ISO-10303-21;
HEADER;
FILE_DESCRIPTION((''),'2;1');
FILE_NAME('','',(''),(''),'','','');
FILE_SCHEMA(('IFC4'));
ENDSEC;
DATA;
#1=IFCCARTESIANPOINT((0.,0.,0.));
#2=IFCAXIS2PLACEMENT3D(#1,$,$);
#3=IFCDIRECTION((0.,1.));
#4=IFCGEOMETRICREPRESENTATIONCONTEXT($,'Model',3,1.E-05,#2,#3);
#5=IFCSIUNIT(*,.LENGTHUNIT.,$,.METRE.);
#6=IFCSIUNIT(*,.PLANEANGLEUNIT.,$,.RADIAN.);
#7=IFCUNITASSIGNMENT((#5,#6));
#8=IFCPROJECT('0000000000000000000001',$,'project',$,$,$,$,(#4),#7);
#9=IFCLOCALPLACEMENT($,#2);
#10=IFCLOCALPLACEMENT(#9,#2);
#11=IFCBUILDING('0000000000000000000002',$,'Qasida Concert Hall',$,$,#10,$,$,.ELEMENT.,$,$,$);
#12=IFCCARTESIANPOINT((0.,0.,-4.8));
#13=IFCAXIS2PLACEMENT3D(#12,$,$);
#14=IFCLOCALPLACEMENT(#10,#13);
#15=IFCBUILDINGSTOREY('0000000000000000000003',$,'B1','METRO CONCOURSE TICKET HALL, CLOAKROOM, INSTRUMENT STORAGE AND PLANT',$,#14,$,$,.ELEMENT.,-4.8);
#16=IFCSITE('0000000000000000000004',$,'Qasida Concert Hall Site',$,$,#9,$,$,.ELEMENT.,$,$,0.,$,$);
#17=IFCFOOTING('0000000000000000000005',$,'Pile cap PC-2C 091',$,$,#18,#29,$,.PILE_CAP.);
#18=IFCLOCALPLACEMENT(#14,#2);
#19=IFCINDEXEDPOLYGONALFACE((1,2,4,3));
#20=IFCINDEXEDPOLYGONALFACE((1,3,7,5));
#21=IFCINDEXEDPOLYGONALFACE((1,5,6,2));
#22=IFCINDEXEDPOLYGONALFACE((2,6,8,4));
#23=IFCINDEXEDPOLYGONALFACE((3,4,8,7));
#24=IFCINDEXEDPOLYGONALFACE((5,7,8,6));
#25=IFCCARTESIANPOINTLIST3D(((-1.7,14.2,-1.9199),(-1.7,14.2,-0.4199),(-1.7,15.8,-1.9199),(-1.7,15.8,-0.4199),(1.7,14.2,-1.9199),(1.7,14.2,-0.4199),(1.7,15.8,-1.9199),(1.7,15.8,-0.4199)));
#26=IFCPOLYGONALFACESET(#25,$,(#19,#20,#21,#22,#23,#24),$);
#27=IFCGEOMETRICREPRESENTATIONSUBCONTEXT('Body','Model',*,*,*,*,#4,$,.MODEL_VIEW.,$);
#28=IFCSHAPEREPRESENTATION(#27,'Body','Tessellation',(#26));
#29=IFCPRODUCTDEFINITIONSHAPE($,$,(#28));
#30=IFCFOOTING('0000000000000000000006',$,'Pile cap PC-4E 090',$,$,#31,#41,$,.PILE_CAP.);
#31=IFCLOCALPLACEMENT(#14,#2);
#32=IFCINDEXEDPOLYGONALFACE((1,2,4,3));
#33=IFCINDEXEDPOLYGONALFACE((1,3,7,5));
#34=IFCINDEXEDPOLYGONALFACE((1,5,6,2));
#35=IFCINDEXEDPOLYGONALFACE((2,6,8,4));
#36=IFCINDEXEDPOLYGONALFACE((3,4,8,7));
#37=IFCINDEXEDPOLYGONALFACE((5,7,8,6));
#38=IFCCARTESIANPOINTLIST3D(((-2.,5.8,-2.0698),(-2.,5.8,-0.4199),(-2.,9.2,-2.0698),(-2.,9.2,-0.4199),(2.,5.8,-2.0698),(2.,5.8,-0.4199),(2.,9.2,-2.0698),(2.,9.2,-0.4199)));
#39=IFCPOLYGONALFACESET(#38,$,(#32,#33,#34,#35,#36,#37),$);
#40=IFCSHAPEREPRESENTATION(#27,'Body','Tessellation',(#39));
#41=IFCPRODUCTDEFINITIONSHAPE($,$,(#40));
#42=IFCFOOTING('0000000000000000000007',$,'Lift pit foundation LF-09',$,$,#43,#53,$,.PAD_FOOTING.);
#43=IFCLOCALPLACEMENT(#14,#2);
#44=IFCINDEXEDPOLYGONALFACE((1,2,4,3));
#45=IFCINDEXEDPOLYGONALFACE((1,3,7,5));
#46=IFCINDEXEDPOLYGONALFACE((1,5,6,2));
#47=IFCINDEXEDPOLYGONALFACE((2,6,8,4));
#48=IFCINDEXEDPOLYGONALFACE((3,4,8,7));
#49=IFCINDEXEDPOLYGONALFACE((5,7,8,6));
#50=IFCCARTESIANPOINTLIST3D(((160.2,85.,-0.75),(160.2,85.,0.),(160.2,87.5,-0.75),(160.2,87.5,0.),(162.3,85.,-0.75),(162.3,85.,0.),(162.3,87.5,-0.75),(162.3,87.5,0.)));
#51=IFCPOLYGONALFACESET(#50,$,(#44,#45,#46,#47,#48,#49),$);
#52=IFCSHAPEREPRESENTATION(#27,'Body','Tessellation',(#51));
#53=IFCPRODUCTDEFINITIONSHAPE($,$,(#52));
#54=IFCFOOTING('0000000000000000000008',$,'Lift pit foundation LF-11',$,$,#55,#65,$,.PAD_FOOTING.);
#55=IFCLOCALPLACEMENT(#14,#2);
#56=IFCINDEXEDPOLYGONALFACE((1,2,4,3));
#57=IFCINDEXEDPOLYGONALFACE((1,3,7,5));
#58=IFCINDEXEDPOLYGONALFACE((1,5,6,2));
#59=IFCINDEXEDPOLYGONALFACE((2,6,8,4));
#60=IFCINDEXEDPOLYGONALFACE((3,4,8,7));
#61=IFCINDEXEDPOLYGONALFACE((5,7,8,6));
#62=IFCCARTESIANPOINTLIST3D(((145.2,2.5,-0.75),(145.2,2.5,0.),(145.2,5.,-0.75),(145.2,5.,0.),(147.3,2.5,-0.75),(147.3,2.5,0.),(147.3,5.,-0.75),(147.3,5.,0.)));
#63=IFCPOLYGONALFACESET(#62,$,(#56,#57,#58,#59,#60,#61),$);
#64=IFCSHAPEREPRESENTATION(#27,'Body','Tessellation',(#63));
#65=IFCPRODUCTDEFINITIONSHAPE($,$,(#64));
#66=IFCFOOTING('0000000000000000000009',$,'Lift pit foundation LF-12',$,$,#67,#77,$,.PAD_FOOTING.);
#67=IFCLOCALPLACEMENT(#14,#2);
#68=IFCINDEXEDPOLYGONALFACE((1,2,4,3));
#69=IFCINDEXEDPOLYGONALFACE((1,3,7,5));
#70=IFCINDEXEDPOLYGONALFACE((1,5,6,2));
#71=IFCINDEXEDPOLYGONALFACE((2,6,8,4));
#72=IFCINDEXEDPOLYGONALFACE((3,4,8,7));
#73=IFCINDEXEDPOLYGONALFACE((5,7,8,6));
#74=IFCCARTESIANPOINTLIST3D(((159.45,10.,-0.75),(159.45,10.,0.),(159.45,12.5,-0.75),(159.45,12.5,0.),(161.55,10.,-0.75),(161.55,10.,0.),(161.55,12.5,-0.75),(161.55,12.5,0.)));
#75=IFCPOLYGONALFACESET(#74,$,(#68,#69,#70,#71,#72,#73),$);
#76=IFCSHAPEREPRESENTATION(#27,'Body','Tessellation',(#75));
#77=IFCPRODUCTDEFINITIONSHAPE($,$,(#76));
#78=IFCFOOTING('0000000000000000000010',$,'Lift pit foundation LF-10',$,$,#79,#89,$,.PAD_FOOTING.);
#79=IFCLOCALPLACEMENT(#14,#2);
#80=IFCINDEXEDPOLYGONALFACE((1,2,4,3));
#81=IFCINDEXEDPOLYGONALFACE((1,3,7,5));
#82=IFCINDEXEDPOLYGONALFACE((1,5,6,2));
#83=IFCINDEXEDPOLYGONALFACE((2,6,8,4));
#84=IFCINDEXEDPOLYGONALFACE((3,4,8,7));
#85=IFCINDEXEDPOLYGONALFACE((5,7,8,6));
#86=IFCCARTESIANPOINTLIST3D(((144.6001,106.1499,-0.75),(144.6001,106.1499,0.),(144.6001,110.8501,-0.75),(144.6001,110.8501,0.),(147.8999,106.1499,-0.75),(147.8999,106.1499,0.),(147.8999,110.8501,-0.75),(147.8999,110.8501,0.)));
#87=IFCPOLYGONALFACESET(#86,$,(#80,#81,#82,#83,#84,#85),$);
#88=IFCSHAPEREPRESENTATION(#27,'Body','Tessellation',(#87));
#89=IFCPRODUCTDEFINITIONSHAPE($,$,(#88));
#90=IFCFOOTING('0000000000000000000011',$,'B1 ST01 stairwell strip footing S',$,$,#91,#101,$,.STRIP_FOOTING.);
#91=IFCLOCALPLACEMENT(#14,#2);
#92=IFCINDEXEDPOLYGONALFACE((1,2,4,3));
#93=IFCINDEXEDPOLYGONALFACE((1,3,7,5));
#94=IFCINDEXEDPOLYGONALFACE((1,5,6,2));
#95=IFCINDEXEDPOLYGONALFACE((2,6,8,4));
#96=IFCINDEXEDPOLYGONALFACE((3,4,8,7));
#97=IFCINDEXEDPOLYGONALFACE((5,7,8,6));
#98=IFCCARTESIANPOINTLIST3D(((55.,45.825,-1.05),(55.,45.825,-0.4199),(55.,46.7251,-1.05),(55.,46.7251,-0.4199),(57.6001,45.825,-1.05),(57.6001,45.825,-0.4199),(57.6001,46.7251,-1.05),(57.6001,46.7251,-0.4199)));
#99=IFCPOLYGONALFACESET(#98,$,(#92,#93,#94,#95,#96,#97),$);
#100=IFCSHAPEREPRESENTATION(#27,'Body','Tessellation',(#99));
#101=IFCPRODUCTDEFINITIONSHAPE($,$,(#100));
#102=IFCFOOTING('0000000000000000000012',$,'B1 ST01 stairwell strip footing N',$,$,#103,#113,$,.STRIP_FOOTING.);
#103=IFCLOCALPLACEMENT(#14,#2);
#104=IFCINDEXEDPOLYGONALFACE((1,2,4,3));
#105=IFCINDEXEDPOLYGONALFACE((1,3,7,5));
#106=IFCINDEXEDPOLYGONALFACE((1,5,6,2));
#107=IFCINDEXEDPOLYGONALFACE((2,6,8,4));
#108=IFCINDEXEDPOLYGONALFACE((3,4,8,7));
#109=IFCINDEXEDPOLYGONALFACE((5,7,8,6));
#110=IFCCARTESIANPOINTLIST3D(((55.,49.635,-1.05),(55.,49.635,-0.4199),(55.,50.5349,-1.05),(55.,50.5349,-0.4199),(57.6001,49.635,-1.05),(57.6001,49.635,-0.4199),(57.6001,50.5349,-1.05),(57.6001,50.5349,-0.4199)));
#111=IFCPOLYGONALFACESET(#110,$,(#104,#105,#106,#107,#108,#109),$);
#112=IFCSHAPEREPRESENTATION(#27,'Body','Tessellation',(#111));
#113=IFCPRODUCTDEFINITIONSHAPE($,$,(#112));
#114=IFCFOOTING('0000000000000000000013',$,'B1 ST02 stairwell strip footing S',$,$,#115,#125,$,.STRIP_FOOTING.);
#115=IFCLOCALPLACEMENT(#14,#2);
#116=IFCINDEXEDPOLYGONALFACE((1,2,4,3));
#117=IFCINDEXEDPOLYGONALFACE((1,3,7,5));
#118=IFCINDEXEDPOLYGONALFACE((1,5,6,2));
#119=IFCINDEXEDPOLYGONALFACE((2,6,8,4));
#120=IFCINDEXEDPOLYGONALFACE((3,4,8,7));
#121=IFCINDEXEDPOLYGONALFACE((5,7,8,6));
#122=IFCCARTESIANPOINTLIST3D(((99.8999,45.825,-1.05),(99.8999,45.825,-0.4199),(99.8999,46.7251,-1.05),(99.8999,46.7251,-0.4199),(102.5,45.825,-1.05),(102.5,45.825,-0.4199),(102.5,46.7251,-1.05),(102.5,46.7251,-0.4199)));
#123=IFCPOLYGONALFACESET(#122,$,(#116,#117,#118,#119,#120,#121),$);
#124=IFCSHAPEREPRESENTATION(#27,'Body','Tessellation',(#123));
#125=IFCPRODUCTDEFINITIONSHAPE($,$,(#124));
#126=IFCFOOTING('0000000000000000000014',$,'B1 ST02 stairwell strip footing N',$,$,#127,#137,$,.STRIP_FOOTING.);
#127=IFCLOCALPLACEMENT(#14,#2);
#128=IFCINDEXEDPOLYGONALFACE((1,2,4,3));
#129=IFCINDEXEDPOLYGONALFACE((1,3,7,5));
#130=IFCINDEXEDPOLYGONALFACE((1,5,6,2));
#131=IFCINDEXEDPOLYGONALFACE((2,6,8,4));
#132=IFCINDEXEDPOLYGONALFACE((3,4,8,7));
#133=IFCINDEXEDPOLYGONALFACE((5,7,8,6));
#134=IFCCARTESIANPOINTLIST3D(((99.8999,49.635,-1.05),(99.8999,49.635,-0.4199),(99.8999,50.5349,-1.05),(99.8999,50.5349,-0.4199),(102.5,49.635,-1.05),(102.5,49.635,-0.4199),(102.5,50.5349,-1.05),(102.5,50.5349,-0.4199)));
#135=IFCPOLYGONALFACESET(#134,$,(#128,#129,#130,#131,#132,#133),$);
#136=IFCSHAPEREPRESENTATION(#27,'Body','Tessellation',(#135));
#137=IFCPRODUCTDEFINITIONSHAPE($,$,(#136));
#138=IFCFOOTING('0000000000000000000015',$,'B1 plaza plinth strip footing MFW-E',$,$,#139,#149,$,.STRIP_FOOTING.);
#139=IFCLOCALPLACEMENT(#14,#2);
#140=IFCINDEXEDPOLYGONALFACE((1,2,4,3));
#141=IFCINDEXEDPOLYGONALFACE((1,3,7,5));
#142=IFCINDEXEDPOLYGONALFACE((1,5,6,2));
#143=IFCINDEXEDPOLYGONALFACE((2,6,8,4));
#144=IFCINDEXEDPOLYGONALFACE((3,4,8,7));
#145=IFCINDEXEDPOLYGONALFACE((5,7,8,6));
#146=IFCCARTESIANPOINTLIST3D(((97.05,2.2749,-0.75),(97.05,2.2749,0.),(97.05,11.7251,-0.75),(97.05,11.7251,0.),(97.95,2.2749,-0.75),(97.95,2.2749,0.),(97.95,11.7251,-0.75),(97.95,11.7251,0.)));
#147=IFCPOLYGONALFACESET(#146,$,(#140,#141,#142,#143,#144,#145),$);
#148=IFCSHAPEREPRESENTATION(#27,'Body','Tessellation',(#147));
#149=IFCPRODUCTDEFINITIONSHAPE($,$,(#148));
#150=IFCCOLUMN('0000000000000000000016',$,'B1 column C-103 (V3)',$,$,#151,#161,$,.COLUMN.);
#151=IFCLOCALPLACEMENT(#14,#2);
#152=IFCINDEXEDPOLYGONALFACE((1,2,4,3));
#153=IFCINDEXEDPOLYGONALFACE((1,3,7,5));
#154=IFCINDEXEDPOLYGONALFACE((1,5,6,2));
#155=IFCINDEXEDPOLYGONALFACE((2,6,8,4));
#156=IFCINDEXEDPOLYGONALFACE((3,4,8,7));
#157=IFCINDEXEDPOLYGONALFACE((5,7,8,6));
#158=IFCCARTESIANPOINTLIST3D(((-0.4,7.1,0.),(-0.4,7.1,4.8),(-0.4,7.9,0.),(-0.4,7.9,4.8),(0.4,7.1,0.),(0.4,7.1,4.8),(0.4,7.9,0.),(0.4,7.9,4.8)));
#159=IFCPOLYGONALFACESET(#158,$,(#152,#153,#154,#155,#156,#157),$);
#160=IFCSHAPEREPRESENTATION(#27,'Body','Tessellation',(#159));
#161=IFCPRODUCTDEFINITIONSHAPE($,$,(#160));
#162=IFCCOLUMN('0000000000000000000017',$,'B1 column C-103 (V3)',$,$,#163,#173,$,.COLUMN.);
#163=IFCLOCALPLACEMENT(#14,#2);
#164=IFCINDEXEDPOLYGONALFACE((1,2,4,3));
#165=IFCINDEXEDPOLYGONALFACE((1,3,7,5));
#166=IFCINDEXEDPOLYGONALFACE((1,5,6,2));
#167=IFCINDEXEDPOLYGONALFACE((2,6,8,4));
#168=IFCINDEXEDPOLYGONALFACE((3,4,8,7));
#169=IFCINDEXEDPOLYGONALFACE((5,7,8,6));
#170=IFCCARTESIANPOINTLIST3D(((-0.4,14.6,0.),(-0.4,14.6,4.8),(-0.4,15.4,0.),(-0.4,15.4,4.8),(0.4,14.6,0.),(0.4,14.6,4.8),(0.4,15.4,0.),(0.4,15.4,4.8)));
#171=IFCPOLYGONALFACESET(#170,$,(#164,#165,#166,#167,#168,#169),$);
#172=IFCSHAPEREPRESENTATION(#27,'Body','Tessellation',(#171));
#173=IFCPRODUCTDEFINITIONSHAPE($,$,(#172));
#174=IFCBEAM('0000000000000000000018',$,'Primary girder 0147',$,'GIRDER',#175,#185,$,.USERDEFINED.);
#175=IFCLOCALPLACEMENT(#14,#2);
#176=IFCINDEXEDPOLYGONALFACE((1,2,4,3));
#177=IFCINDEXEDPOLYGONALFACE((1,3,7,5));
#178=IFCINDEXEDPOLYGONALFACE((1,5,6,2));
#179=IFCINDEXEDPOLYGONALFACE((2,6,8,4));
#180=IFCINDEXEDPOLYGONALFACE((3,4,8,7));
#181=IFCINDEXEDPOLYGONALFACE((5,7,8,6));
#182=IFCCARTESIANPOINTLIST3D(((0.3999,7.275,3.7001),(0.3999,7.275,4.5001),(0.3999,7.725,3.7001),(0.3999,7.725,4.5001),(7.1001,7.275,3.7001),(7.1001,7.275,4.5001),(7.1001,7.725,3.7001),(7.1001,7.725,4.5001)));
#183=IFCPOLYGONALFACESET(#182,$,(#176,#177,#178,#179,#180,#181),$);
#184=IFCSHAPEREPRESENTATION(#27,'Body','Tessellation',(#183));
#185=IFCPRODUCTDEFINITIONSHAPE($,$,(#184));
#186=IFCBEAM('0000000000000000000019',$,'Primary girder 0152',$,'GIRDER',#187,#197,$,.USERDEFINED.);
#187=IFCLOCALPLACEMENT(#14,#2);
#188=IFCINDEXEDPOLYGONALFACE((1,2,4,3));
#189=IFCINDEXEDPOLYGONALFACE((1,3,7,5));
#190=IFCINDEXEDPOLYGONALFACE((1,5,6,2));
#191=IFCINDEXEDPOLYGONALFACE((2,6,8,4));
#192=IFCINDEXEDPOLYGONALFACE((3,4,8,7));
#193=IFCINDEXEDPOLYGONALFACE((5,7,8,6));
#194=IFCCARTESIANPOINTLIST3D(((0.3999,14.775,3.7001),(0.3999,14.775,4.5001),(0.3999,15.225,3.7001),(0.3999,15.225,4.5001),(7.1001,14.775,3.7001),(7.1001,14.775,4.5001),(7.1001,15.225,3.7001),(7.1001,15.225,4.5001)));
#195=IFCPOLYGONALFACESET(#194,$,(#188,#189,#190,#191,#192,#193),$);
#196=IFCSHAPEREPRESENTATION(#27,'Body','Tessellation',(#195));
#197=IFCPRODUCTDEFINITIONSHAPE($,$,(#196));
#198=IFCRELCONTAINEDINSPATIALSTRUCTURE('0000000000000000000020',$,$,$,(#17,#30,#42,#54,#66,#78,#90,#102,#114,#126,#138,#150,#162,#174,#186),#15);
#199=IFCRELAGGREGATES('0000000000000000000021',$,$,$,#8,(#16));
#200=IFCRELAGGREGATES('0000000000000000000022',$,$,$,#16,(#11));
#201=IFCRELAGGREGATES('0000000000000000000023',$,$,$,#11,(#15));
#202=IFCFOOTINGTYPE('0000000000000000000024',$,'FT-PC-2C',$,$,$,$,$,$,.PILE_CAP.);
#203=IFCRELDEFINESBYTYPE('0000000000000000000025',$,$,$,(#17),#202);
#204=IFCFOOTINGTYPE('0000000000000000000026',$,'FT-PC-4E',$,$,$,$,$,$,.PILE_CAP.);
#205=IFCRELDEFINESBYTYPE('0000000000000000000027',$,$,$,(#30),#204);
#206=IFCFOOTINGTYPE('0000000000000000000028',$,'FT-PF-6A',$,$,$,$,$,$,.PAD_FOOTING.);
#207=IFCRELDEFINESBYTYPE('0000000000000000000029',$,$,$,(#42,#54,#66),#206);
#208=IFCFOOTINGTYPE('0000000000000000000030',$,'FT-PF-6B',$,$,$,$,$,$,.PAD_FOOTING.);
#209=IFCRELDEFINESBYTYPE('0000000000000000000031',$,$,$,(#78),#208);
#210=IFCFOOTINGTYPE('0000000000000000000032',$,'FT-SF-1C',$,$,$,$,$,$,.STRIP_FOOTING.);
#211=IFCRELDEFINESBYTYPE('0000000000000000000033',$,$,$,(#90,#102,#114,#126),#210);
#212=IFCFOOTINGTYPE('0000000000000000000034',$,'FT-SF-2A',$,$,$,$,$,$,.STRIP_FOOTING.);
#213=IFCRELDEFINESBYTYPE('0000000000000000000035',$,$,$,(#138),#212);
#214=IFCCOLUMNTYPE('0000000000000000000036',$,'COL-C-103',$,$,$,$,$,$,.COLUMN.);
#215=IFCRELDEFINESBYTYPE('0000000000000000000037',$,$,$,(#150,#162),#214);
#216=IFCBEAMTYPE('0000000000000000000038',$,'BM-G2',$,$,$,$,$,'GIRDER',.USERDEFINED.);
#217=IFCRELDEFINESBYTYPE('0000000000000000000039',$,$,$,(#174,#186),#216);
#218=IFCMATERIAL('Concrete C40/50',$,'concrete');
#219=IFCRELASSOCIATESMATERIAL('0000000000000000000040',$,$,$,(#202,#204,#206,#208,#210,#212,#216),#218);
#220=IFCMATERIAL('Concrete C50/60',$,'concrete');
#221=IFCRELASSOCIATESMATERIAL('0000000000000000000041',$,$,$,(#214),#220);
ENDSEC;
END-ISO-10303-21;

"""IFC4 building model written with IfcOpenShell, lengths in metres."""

from ifc_helpers import new_model, si_unit, direction, frame, origin, origin_2d, place, context, subcontext, project, spatial, polyline, rectangle, outline, extrude, material, material_profile, profile_set, type_object, element, save


model = new_model("IFC4")

# Units and contexts
model_context = context("Model", 3, precision=1e-05, world=origin(), true_north=direction((0.0, 1.0)))
body_context = subcontext(model_context, "Body", "Model", "MODEL_VIEW")
ifc_project = project(units=[si_unit("LENGTHUNIT", "METRE"), si_unit("PLANEANGLEUNIT", "RADIAN")], contexts=[model_context])

# Site, building, storey
site_placement = place(None, origin())
site = spatial("IfcSite", under=ifc_project, at=site_placement, Name="Qasida Concert Hall Site", CompositionType="ELEMENT", RefElevation=0.0)
building_placement = place(site_placement, origin())
building = spatial("IfcBuilding", under=site, at=building_placement, Name="Qasida Concert Hall", CompositionType="ELEMENT")
storey_placement = place(building_placement, frame((0.0, 0.0, -4.8)))
storey = spatial("IfcBuildingStorey", under=building, at=storey_placement, Name="B1", Description="METRO CONCOURSE TICKET HALL, CLOAKROOM, INSTRUMENT STORAGE AND PLANT", CompositionType="ELEMENT", Elevation=-4.8)

# Footings
ifc_material_1 = material(Name="Concrete C40/50", Category="concrete")
footing_type_1 = type_object("IfcFootingType", Name="FT-PC-2C", PredefinedType="PILE_CAP", material=ifc_material_1)
footing_1_placement = place(storey_placement, frame((0.0, 15.0, -1.9199), z_axis=(0.0, 0.0, 1.0), x_axis=(1.0, 0.0, 0.0)))
element("IfcFooting", 1, at=footing_1_placement, inside=storey, type_object=footing_type_1, Name="Pile cap PC-2C 091", PredefinedType="PILE_CAP", context=body_context, shape_type="SweptSolid", body=[
    extrude(rectangle(XDim=3.3999, YDim=1.6001, at=origin_2d()), origin(), (0.0, 0.0, 1.0), 1.5),
])
footing_type_2 = type_object("IfcFootingType", Name="FT-PC-4E", PredefinedType="PILE_CAP", material=ifc_material_1)
footing_2_placement = place(storey_placement, frame((0.0, 7.5, -2.0698), z_axis=(0.0, 0.0, 1.0), x_axis=(1.0, 0.0, 0.0)))
element("IfcFooting", 2, at=footing_2_placement, inside=storey, type_object=footing_type_2, Name="Pile cap PC-4E 090", PredefinedType="PILE_CAP", context=body_context, shape_type="SweptSolid", body=[
    extrude(rectangle(XDim=4.0, YDim=3.3999, at=origin_2d()), origin(), (0.0, 0.0, 1.0), 1.6499),
])
footing_type_3 = type_object("IfcFootingType", Name="FT-PF-6A", PredefinedType="PAD_FOOTING", material=ifc_material_1)
footing_3_placement = place(storey_placement, frame((0.0, 0.0, -0.75)))
element("IfcFooting", 3, at=footing_3_placement, inside=storey, type_object=footing_type_3, Name="Lift pit foundation LF-09", PredefinedType="PAD_FOOTING", context=body_context, shape_type="SweptSolid", body=[
    extrude(outline(polyline([(160.2, 85.0), (162.3, 85.0), (162.3, 87.5), (160.2, 87.5), (160.2, 85.0)])), origin(), (0.0, 0.0, 1.0), 0.75),
])
footing_4_placement = place(storey_placement, frame((0.0, 0.0, -0.75)))
element("IfcFooting", 4, at=footing_4_placement, inside=storey, type_object=footing_type_3, Name="Lift pit foundation LF-11", PredefinedType="PAD_FOOTING", context=body_context, shape_type="SweptSolid", body=[
    extrude(outline(polyline([(145.2, 2.5), (147.3, 2.5), (147.3, 5.0), (145.2, 5.0), (145.2, 2.5)])), origin(), (0.0, 0.0, 1.0), 0.75),
])
footing_5_placement = place(storey_placement, frame((0.0, 0.0, -0.75)))
element("IfcFooting", 5, at=footing_5_placement, inside=storey, type_object=footing_type_3, Name="Lift pit foundation LF-12", PredefinedType="PAD_FOOTING", context=body_context, shape_type="SweptSolid", body=[
    extrude(outline(polyline([(159.45, 10.0), (161.55, 10.0), (161.55, 12.5), (159.45, 12.5), (159.45, 10.0)])), origin(), (0.0, 0.0, 1.0), 0.75),
])
footing_type_4 = type_object("IfcFootingType", Name="FT-PF-6B", PredefinedType="PAD_FOOTING", material=ifc_material_1)
footing_6_placement = place(storey_placement, frame((0.0, 0.0, -0.75)))
element("IfcFooting", 6, at=footing_6_placement, inside=storey, type_object=footing_type_4, Name="Lift pit foundation LF-10", PredefinedType="PAD_FOOTING", context=body_context, shape_type="SweptSolid", body=[
    extrude(outline(polyline([(144.6001, 106.1499), (147.8999, 106.1499), (147.8999, 110.8501), (144.6001, 110.8501), (144.6001, 106.1499)])), origin(), (0.0, 0.0, 1.0), 0.75),
])
footing_type_5 = type_object("IfcFootingType", Name="FT-SF-1C", PredefinedType="STRIP_FOOTING", material=ifc_material_1)
footing_7_placement = place(storey_placement, frame((0.0, 0.0, -1.05)))
element("IfcFooting", 7, at=footing_7_placement, inside=storey, type_object=footing_type_5, Name="B1 ST01 stairwell strip footing S", PredefinedType="STRIP_FOOTING", context=body_context, shape_type="SweptSolid", body=[
    extrude(outline(polyline([(55.0, 45.825), (57.6001, 45.825), (57.6001, 46.7251), (55.0, 46.7251), (55.0, 45.825)])), origin(), (0.0, 0.0, 1.0), 0.6301),
])
footing_8_placement = place(storey_placement, frame((0.0, 0.0, -1.05)))
element("IfcFooting", 8, at=footing_8_placement, inside=storey, type_object=footing_type_5, Name="B1 ST01 stairwell strip footing N", PredefinedType="STRIP_FOOTING", context=body_context, shape_type="SweptSolid", body=[
    extrude(outline(polyline([(55.0, 49.635), (57.6001, 49.635), (57.6001, 50.5349), (55.0, 50.5349), (55.0, 49.635)])), origin(), (0.0, 0.0, 1.0), 0.6301),
])
footing_9_placement = place(storey_placement, frame((0.0, 0.0, -1.05)))
element("IfcFooting", 9, at=footing_9_placement, inside=storey, type_object=footing_type_5, Name="B1 ST02 stairwell strip footing S", PredefinedType="STRIP_FOOTING", context=body_context, shape_type="SweptSolid", body=[
    extrude(outline(polyline([(99.8999, 45.825), (102.5, 45.825), (102.5, 46.7251), (99.8999, 46.7251), (99.8999, 45.825)])), origin(), (0.0, 0.0, 1.0), 0.6301),
])
footing_10_placement = place(storey_placement, frame((0.0, 0.0, -1.05)))
element("IfcFooting", 10, at=footing_10_placement, inside=storey, type_object=footing_type_5, Name="B1 ST02 stairwell strip footing N", PredefinedType="STRIP_FOOTING", context=body_context, shape_type="SweptSolid", body=[
    extrude(outline(polyline([(99.8999, 49.635), (102.5, 49.635), (102.5, 50.5349), (99.8999, 50.5349), (99.8999, 49.635)])), origin(), (0.0, 0.0, 1.0), 0.6301),
])
footing_type_6 = type_object("IfcFootingType", Name="FT-SF-2A", PredefinedType="STRIP_FOOTING", material=ifc_material_1)
footing_11_placement = place(storey_placement, frame((0.0, 0.0, -0.75)))
element("IfcFooting", 11, at=footing_11_placement, inside=storey, type_object=footing_type_6, Name="B1 plaza plinth strip footing MFW-E", PredefinedType="STRIP_FOOTING", context=body_context, shape_type="SweptSolid", body=[
    extrude(outline(polyline([(97.05, 2.2749), (97.95, 2.2749), (97.95, 11.7251), (97.05, 11.7251), (97.05, 2.2749)])), origin(), (0.0, 0.0, 1.0), 0.75),
])

# Columns
ifc_material_2 = material(Name="Concrete C50/60", Category="concrete")
ifc_material_profile_1 = material_profile(ifc_material_2, rectangle(XDim=0.8, YDim=0.8, at=origin_2d()), Name="RC 800x800")
ifc_profile_set_1 = profile_set([ifc_material_profile_1], Name="Concrete C50/60")
column_type = type_object("IfcColumnType", Name="COL-C-103", PredefinedType="COLUMN", material=ifc_profile_set_1)
for number, where, z_axis, x_axis, name in (
    (12, (0.0, 7.5, 0.0), (0.0, 0.0, 1.0), (1.0, 0.0, 0.0), "B1 column C-103 (V3)"),
    (13, (0.0, 15.0, 0.0), (0.0, 0.0, 1.0), (1.0, 0.0, 0.0), "B1 column C-103 (V3)"),
):
    element("IfcColumn", number, at=place(storey_placement, frame(where, z_axis=z_axis, x_axis=x_axis)), inside=storey, type_object=column_type, Name=name, PredefinedType="COLUMN", context=body_context, shape_type="SweptSolid", body=[
        extrude(rectangle(XDim=0.8, YDim=0.8, at=origin_2d()), origin(), (0.0, 0.0, 1.0), 4.8),
    ])

# Beams
ifc_material_profile_2 = material_profile(ifc_material_1, rectangle(XDim=0.45, YDim=0.8, at=origin_2d()), Name="RC 450x800")
ifc_profile_set_2 = profile_set([ifc_material_profile_2], Name="Concrete C40/50")
beam_type = type_object("IfcBeamType", Name="BM-G2", ElementType="GIRDER", PredefinedType="USERDEFINED", material=ifc_profile_set_2)
for number, where, z_axis, x_axis, name in (
    (14, (0.3999, 7.5, 4.1001), (1.0, 0.0, 0.0), (0.0, 1.0, 0.0), "Primary girder 0147"),
    (15, (0.3999, 15.0, 4.1001), (1.0, 0.0, 0.0), (0.0, 1.0, 0.0), "Primary girder 0152"),
):
    element("IfcBeam", number, at=place(storey_placement, frame(where, z_axis=z_axis, x_axis=x_axis)), inside=storey, type_object=beam_type, Name=name, ObjectType="GIRDER", PredefinedType="USERDEFINED", context=body_context, shape_type="SweptSolid", body=[
        extrude(rectangle(XDim=0.45, YDim=0.8, at=origin_2d()), origin(), (0.0, 0.0, 1.0), 6.7002),
    ])

save(model, "model.ifc")
